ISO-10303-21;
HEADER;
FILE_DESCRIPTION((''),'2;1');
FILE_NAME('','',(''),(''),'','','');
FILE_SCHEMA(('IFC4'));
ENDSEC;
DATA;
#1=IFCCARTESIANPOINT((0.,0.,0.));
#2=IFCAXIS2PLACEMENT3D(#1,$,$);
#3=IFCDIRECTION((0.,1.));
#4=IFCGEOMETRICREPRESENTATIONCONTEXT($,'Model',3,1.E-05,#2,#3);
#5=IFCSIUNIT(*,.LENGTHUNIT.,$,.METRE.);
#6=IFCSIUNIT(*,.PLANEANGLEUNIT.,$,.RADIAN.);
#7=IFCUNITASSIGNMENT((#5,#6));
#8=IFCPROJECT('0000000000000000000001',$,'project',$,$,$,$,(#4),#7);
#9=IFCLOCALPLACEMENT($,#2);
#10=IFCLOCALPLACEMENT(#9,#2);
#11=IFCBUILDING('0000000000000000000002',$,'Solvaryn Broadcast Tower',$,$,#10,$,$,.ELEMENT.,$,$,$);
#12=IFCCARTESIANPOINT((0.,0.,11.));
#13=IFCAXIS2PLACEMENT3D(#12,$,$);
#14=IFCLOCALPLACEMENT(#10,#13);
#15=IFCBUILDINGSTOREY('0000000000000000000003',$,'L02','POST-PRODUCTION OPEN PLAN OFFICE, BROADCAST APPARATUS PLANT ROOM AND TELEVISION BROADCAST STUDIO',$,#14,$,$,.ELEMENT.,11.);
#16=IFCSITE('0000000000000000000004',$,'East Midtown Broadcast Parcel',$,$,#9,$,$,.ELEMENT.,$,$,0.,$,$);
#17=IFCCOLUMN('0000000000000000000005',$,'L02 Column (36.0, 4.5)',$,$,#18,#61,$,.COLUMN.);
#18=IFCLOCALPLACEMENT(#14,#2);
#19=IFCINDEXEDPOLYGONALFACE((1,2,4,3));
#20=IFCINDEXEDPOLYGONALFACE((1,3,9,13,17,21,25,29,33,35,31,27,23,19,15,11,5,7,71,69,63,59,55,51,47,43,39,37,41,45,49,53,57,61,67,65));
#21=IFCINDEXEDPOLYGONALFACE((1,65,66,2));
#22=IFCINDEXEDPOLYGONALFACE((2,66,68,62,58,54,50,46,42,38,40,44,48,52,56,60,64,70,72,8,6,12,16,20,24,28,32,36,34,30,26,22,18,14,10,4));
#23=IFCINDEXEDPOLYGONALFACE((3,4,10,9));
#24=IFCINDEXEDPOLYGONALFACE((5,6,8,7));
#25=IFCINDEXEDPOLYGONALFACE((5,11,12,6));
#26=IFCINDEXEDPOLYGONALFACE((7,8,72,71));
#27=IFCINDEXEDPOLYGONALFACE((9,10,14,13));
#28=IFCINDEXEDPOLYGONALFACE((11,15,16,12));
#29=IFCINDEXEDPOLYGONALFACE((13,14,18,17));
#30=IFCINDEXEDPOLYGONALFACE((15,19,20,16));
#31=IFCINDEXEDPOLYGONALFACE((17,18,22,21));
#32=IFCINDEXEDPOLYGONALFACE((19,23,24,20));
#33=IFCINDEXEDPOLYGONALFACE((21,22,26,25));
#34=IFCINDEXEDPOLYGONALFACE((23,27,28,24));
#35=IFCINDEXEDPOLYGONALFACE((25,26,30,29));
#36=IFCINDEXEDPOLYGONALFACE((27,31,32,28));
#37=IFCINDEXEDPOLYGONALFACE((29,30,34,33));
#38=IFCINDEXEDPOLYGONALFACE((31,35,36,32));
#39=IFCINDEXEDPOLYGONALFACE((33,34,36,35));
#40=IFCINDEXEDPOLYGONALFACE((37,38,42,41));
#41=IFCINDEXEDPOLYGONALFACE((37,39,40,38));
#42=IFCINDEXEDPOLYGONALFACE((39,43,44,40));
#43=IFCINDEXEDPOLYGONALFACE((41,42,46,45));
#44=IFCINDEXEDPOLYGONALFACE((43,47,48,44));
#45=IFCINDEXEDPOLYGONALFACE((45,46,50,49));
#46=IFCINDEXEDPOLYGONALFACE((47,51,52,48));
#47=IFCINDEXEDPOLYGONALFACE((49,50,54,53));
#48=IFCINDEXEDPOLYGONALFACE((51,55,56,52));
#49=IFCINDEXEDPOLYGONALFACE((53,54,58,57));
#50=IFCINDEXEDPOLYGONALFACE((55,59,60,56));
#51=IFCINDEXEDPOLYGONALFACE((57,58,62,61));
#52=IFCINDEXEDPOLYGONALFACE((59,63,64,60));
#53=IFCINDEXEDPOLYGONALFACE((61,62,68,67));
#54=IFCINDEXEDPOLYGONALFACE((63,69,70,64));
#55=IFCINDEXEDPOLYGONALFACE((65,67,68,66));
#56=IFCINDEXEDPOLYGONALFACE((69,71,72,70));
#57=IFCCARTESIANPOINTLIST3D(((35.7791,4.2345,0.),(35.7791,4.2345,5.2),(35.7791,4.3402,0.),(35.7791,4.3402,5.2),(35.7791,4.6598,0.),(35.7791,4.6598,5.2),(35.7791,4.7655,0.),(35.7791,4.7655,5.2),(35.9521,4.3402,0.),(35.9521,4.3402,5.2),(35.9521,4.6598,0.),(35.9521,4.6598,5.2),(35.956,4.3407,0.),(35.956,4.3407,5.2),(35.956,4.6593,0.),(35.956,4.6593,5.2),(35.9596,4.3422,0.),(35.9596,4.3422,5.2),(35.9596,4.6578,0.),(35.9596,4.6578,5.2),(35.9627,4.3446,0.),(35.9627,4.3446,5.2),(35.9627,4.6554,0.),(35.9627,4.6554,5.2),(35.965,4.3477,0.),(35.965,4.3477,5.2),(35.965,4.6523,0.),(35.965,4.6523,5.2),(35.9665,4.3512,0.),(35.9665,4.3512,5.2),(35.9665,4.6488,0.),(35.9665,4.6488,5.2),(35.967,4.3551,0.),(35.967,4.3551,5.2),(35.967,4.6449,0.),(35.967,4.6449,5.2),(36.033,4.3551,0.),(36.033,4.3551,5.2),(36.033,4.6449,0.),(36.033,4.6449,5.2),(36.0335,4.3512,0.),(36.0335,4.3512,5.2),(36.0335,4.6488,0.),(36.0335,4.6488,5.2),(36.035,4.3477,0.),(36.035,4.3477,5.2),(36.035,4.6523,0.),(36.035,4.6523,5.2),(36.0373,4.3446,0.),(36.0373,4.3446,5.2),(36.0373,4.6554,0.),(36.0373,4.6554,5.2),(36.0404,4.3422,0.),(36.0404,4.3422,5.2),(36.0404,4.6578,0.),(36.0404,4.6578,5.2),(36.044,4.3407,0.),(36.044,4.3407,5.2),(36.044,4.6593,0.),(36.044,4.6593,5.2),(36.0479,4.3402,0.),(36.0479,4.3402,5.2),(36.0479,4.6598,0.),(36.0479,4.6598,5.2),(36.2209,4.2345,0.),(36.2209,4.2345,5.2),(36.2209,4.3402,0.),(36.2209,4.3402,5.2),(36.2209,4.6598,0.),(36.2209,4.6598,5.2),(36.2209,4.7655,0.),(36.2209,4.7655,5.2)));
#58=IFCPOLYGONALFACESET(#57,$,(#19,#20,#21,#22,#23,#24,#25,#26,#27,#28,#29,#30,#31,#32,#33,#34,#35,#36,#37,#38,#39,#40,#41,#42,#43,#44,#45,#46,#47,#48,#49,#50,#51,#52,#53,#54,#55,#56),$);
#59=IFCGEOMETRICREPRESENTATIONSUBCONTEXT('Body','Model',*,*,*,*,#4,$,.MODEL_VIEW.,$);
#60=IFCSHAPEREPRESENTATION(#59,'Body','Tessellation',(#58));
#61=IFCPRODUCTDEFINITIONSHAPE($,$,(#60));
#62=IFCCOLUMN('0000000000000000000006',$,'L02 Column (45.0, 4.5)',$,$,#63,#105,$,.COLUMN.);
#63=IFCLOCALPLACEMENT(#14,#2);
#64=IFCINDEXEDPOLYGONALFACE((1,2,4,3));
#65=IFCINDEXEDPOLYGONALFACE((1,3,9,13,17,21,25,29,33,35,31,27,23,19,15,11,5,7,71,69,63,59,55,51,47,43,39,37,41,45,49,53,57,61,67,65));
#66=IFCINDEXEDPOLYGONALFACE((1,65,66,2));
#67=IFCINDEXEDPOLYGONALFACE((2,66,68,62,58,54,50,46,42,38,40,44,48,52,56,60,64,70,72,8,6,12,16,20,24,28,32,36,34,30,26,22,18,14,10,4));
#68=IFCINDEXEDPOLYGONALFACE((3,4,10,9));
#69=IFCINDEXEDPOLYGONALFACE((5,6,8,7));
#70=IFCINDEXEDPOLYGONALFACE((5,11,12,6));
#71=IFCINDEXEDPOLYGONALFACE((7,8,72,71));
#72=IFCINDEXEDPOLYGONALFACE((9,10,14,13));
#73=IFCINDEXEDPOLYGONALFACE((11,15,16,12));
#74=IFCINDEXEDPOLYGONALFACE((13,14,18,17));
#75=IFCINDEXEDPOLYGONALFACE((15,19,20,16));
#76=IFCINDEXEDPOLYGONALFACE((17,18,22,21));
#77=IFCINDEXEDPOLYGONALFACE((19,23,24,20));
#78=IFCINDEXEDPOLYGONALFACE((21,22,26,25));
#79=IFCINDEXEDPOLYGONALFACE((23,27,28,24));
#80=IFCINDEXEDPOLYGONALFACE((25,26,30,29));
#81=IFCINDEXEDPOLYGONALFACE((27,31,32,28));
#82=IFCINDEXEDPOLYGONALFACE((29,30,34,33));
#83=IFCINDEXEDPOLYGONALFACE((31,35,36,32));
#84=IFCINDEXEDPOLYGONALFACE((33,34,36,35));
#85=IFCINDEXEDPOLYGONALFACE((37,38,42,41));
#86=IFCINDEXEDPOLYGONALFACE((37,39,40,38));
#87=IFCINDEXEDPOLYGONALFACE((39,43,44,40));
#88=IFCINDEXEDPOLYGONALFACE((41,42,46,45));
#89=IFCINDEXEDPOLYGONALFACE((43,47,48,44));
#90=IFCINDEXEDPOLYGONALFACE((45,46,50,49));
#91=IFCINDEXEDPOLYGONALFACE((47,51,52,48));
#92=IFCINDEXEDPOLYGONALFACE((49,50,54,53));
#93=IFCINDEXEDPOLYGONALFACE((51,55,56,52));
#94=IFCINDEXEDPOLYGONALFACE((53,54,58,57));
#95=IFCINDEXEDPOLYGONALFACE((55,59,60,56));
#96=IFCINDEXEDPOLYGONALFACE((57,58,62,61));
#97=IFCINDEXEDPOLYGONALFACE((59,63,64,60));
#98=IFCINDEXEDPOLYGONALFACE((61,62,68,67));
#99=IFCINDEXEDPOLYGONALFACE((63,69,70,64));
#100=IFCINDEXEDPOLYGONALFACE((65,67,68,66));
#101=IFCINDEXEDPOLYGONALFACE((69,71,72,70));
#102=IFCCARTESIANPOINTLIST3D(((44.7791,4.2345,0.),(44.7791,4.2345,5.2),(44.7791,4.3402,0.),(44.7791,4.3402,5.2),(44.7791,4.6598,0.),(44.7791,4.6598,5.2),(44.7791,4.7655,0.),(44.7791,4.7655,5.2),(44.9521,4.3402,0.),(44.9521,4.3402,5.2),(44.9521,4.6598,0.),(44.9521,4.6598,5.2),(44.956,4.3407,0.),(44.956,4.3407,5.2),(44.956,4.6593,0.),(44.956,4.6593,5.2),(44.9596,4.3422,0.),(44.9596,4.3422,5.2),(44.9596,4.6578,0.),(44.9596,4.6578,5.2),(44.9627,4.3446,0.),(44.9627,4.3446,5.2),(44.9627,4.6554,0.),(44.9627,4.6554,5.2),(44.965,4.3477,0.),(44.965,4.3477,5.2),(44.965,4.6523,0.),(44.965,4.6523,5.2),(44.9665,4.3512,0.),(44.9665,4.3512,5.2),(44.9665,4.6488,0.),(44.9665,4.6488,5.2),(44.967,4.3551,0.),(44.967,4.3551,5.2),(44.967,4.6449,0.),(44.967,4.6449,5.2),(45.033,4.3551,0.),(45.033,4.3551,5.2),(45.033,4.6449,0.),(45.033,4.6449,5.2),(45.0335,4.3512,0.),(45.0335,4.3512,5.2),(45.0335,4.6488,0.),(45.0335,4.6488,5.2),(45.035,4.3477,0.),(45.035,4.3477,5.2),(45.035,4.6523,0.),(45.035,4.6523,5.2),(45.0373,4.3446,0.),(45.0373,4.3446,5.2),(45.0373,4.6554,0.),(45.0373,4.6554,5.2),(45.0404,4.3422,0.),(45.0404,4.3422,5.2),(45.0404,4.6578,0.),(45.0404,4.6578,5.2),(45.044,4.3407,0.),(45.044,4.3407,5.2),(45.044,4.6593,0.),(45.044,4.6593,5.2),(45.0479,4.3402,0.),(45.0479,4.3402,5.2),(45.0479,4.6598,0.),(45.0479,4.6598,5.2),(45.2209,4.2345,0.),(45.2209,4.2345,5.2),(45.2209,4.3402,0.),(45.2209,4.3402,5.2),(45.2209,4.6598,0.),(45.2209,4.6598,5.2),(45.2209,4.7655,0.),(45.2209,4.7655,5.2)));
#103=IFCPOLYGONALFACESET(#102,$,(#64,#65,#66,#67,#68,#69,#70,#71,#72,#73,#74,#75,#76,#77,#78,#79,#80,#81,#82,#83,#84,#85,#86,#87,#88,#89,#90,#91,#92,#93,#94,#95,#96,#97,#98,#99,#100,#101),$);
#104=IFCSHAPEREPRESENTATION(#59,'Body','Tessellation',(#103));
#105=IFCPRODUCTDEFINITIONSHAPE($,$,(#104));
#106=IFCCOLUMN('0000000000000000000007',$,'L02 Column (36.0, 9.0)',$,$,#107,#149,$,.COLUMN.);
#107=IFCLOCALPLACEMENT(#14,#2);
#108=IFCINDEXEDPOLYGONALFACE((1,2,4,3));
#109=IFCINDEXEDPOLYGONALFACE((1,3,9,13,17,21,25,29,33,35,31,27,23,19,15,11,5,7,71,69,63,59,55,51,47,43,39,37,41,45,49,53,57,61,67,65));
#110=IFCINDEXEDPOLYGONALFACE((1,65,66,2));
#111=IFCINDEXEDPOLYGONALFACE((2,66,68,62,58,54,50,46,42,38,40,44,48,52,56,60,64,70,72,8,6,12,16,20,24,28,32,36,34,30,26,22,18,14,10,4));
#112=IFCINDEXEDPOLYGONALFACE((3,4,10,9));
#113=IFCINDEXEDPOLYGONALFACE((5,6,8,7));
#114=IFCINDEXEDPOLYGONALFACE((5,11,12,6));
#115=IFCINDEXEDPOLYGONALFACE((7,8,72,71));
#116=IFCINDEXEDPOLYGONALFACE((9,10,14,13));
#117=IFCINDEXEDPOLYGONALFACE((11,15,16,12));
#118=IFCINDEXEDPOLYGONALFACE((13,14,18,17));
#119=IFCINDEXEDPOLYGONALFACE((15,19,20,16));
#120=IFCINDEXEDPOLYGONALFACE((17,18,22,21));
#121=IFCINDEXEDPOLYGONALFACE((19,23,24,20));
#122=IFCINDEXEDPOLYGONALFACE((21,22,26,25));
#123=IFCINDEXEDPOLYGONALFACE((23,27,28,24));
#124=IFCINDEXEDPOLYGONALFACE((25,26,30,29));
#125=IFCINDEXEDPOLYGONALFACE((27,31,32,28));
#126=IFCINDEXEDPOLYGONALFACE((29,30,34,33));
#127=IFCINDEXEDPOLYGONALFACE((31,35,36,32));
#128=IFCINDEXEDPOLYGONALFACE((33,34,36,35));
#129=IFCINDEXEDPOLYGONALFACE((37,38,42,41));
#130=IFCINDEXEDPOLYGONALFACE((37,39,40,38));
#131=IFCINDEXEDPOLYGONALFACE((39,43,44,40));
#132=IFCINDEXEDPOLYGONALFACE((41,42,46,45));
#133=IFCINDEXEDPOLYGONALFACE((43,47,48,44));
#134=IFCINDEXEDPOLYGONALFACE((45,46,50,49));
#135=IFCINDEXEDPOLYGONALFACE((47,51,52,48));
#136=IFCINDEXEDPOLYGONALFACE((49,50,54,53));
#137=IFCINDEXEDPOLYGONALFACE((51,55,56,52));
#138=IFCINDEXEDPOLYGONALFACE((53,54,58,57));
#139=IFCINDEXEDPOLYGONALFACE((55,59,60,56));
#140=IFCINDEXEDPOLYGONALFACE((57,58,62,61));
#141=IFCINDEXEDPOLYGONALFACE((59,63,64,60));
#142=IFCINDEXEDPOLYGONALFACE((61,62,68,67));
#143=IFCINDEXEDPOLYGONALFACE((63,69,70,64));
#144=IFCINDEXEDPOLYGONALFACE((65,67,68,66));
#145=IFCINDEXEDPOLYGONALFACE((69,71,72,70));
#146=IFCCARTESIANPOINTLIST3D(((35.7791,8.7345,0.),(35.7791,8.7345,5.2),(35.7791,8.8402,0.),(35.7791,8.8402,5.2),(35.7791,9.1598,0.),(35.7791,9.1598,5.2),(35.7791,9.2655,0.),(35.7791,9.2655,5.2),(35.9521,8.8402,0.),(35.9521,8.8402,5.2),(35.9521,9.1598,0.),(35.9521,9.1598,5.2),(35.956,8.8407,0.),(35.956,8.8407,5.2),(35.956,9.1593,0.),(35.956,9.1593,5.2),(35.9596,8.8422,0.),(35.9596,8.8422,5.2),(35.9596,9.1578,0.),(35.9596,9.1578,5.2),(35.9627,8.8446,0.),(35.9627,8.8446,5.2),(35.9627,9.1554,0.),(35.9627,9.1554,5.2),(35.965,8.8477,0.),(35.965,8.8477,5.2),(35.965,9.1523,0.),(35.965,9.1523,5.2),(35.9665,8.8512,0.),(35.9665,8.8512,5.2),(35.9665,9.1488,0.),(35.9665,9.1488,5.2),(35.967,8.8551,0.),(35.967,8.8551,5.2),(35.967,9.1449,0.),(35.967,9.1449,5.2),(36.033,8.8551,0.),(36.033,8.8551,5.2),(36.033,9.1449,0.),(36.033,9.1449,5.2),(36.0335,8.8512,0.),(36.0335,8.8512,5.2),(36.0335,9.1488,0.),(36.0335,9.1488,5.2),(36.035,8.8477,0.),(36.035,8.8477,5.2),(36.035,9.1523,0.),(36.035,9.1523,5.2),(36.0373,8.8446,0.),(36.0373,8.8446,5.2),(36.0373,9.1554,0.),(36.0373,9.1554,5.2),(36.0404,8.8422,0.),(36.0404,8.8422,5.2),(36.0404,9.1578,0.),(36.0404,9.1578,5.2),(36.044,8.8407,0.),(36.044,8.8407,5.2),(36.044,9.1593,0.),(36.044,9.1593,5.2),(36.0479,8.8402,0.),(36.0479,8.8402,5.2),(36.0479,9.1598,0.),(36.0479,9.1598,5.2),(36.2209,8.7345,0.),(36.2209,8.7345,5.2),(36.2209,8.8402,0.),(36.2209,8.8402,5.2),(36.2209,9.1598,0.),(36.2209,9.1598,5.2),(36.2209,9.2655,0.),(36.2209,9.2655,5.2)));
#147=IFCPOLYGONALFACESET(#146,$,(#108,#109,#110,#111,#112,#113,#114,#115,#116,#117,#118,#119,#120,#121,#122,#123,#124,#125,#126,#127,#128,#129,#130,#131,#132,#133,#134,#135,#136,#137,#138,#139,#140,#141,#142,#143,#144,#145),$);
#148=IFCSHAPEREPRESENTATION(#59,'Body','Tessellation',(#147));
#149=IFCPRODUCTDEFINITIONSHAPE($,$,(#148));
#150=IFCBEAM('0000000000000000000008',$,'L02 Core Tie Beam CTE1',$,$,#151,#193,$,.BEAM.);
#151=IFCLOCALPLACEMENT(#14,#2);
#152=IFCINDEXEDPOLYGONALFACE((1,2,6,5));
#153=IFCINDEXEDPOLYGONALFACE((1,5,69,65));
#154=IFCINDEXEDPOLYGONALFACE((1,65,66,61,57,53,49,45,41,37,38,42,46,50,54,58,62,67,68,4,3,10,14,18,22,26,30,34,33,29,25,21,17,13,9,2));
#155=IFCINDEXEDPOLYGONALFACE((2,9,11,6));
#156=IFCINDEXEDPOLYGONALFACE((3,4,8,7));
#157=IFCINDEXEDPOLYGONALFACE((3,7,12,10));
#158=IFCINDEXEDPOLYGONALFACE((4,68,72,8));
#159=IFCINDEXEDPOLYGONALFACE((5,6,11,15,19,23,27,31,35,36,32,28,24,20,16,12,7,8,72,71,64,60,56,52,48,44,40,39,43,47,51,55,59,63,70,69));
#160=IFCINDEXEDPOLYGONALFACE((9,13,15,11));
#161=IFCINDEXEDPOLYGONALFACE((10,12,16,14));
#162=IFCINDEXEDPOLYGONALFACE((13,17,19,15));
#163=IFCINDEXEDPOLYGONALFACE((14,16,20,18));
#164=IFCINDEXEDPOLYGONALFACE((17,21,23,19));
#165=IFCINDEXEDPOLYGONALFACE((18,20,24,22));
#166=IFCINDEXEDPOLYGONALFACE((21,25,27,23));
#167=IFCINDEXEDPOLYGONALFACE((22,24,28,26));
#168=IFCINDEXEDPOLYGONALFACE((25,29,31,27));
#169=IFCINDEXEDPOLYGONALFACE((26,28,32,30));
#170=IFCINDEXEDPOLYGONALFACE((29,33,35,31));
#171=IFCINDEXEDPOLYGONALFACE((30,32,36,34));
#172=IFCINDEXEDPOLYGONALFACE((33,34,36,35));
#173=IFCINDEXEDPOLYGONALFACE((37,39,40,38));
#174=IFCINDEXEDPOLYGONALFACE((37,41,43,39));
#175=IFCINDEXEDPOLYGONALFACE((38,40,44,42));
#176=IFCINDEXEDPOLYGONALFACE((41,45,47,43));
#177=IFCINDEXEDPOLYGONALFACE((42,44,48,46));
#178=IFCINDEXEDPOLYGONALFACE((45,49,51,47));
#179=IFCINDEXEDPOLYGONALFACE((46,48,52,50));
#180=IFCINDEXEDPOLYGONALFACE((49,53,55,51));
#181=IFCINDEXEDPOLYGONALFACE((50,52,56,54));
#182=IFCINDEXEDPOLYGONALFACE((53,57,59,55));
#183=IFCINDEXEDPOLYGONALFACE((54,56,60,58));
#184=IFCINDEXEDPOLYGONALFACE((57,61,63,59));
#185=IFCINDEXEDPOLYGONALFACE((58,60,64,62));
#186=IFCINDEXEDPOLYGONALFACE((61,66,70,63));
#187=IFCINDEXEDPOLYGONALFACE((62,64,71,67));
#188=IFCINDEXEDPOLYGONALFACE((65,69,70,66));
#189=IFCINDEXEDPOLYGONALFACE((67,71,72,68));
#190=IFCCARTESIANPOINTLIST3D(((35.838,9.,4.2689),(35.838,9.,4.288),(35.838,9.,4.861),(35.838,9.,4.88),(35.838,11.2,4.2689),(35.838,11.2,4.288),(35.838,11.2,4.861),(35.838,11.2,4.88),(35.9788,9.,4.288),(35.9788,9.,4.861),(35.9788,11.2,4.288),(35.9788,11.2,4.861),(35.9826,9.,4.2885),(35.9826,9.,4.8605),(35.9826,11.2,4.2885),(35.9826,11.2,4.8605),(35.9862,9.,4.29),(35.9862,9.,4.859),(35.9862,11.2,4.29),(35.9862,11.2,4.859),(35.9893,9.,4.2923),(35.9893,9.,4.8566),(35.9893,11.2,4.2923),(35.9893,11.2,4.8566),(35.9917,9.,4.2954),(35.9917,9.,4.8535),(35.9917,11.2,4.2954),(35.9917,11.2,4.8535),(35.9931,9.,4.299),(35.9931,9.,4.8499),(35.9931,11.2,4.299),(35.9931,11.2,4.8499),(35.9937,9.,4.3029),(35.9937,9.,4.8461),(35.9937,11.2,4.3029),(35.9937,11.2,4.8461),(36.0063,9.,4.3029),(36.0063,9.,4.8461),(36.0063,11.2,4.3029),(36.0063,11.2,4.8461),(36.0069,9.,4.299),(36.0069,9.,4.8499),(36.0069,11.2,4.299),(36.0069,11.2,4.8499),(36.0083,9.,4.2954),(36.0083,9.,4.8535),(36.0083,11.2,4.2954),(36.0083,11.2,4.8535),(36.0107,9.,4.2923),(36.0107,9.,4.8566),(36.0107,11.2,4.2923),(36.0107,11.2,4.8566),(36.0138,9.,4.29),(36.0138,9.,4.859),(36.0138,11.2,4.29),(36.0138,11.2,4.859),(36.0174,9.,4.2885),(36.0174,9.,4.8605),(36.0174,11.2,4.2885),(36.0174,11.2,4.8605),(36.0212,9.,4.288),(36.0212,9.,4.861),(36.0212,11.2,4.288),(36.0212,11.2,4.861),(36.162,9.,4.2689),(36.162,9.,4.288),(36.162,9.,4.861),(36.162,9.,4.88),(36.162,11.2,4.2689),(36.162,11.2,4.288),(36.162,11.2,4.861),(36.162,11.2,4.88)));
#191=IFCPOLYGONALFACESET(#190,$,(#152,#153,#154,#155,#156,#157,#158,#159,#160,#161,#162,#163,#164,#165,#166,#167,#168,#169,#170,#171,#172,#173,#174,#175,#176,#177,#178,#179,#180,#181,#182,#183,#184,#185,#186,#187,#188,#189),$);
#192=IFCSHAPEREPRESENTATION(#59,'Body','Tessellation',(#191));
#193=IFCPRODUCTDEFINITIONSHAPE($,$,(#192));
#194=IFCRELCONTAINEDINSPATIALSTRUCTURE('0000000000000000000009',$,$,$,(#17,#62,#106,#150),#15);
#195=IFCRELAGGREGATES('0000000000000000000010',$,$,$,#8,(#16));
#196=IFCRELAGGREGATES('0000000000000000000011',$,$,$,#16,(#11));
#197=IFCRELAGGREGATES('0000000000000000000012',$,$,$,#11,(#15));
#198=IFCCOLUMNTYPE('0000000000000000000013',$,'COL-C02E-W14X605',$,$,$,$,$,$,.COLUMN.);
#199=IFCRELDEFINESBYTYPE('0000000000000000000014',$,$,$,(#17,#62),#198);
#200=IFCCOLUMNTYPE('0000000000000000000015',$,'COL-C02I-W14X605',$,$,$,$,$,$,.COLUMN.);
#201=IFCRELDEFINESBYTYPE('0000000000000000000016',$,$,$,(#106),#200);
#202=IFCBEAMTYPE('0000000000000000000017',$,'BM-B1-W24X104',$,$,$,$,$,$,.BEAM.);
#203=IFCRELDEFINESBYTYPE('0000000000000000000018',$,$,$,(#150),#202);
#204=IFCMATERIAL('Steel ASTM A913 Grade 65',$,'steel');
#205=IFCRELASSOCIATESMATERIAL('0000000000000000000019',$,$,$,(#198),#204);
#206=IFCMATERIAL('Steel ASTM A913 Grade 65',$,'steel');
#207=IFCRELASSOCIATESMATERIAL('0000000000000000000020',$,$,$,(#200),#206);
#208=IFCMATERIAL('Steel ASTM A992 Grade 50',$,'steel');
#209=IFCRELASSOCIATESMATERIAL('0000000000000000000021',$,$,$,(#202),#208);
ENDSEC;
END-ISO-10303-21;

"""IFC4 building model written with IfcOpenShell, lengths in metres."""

from ifc_helpers import new_model, si_unit, direction, frame, origin, origin_2d, place, context, subcontext, project, spatial, i_section, extrude, material, material_profile, profile_set, type_object, element, save


model = new_model("IFC4")

# Units and contexts
model_context = context("Model", 3, precision=1e-05, world=origin(), true_north=direction((0.0, 1.0)))
body_context = subcontext(model_context, "Body", "Model", "MODEL_VIEW")
ifc_project = project(units=[si_unit("LENGTHUNIT", "METRE"), si_unit("PLANEANGLEUNIT", "RADIAN")], contexts=[model_context])

# Site, building, storey
site_placement = place(None, origin())
site = spatial("IfcSite", under=ifc_project, at=site_placement, Name="East Midtown Broadcast Parcel", CompositionType="ELEMENT", RefElevation=0.0)
building_placement = place(site_placement, origin())
building = spatial("IfcBuilding", under=site, at=building_placement, Name="Solvaryn Broadcast Tower", CompositionType="ELEMENT")
storey_placement = place(building_placement, frame((0.0, 0.0, 11.0)))
storey = spatial("IfcBuildingStorey", under=building, at=storey_placement, Name="L02", Description="POST-PRODUCTION OPEN PLAN OFFICE, BROADCAST APPARATUS PLANT ROOM AND TELEVISION BROADCAST STUDIO", CompositionType="ELEMENT", Elevation=11.0)

# Columns
ifc_material_1 = material(Name="Steel ASTM A913 Grade 65", Category="steel")
ifc_material_profile_1 = material_profile(ifc_material_1, i_section(OverallWidth=0.4419, OverallDepth=0.531, WebThickness=0.0659, FlangeThickness=0.1057, FilletRadius=0.0149, at=origin_2d()))
ifc_profile_set_1 = profile_set([ifc_material_profile_1], Name="Steel ASTM A913 Grade 65")
column_type_1 = type_object("IfcColumnType", Name="COL-C02E-W14X605", PredefinedType="COLUMN", material=ifc_profile_set_1)
for number, where, z_axis, x_axis, name in (
    (1, (36.0, 4.5, 0.0), (0.0, 0.0, 1.0), (1.0, 0.0, 0.0), "L02 Column (36.0, 4.5)"),
    (2, (45.0, 4.5, 0.0), (0.0, 0.0, 1.0), (1.0, 0.0, 0.0), "L02 Column (45.0, 4.5)"),
):
    element("IfcColumn", number, at=place(storey_placement, frame(where, z_axis=z_axis, x_axis=x_axis)), inside=storey, type_object=column_type_1, Name=name, PredefinedType="COLUMN", context=body_context, shape_type="SweptSolid", body=[
        extrude(i_section(OverallWidth=0.4419, OverallDepth=0.531, WebThickness=0.0659, FlangeThickness=0.1057, FilletRadius=0.0149, at=origin_2d()), origin(), (0.0, 0.0, 1.0), 5.2),
    ])
ifc_material_2 = material(Name="Steel ASTM A913 Grade 65", Category="steel")
ifc_material_profile_2 = material_profile(ifc_material_2, i_section(OverallWidth=0.4419, OverallDepth=0.531, WebThickness=0.0659, FlangeThickness=0.1057, FilletRadius=0.0149, at=origin_2d()))
ifc_profile_set_2 = profile_set([ifc_material_profile_2], Name="Steel ASTM A913 Grade 65")
column_type_2 = type_object("IfcColumnType", Name="COL-C02I-W14X605", PredefinedType="COLUMN", material=ifc_profile_set_2)
column_placement = place(storey_placement, frame((36.0, 9.0, 0.0), z_axis=(0.0, 0.0, 1.0), x_axis=(1.0, 0.0, 0.0)))
element("IfcColumn", 3, at=column_placement, inside=storey, type_object=column_type_2, Name="L02 Column (36.0, 9.0)", PredefinedType="COLUMN", context=body_context, shape_type="SweptSolid", body=[
    extrude(i_section(OverallWidth=0.4419, OverallDepth=0.531, WebThickness=0.0659, FlangeThickness=0.1057, FilletRadius=0.0149, at=origin_2d()), origin(), (0.0, 0.0, 1.0), 5.2),
])

# Beam
ifc_material_3 = material(Name="Steel ASTM A992 Grade 50", Category="steel")
ifc_material_profile_3 = material_profile(ifc_material_3, i_section(OverallWidth=0.324, OverallDepth=0.6111, WebThickness=0.0127, FlangeThickness=0.019, FilletRadius=0.0149, at=origin_2d()))
ifc_profile_set_3 = profile_set([ifc_material_profile_3], Name="Steel ASTM A992 Grade 50")
beam_type_1 = type_object("IfcBeamType", Name="BM-B1-W24X104", PredefinedType="BEAM", material=ifc_profile_set_3)
beam_1_placement = place(storey_placement, frame((36.0, 9.0, 4.5745), z_axis=(0.0, 1.0, 0.0), x_axis=(-1.0, 0.0, 0.0)))
element("IfcBeam", 4, at=beam_1_placement, inside=storey, type_object=beam_type_1, Name="L02 Core Tie Beam CTE1", PredefinedType="BEAM", context=body_context, shape_type="SweptSolid", body=[
    extrude(i_section(OverallWidth=0.324, OverallDepth=0.6111, WebThickness=0.0127, FlangeThickness=0.019, FilletRadius=0.0149, at=origin_2d()), origin(), (0.0, 0.0, 1.0), 2.2),
])

save(model, "model.ifc")
